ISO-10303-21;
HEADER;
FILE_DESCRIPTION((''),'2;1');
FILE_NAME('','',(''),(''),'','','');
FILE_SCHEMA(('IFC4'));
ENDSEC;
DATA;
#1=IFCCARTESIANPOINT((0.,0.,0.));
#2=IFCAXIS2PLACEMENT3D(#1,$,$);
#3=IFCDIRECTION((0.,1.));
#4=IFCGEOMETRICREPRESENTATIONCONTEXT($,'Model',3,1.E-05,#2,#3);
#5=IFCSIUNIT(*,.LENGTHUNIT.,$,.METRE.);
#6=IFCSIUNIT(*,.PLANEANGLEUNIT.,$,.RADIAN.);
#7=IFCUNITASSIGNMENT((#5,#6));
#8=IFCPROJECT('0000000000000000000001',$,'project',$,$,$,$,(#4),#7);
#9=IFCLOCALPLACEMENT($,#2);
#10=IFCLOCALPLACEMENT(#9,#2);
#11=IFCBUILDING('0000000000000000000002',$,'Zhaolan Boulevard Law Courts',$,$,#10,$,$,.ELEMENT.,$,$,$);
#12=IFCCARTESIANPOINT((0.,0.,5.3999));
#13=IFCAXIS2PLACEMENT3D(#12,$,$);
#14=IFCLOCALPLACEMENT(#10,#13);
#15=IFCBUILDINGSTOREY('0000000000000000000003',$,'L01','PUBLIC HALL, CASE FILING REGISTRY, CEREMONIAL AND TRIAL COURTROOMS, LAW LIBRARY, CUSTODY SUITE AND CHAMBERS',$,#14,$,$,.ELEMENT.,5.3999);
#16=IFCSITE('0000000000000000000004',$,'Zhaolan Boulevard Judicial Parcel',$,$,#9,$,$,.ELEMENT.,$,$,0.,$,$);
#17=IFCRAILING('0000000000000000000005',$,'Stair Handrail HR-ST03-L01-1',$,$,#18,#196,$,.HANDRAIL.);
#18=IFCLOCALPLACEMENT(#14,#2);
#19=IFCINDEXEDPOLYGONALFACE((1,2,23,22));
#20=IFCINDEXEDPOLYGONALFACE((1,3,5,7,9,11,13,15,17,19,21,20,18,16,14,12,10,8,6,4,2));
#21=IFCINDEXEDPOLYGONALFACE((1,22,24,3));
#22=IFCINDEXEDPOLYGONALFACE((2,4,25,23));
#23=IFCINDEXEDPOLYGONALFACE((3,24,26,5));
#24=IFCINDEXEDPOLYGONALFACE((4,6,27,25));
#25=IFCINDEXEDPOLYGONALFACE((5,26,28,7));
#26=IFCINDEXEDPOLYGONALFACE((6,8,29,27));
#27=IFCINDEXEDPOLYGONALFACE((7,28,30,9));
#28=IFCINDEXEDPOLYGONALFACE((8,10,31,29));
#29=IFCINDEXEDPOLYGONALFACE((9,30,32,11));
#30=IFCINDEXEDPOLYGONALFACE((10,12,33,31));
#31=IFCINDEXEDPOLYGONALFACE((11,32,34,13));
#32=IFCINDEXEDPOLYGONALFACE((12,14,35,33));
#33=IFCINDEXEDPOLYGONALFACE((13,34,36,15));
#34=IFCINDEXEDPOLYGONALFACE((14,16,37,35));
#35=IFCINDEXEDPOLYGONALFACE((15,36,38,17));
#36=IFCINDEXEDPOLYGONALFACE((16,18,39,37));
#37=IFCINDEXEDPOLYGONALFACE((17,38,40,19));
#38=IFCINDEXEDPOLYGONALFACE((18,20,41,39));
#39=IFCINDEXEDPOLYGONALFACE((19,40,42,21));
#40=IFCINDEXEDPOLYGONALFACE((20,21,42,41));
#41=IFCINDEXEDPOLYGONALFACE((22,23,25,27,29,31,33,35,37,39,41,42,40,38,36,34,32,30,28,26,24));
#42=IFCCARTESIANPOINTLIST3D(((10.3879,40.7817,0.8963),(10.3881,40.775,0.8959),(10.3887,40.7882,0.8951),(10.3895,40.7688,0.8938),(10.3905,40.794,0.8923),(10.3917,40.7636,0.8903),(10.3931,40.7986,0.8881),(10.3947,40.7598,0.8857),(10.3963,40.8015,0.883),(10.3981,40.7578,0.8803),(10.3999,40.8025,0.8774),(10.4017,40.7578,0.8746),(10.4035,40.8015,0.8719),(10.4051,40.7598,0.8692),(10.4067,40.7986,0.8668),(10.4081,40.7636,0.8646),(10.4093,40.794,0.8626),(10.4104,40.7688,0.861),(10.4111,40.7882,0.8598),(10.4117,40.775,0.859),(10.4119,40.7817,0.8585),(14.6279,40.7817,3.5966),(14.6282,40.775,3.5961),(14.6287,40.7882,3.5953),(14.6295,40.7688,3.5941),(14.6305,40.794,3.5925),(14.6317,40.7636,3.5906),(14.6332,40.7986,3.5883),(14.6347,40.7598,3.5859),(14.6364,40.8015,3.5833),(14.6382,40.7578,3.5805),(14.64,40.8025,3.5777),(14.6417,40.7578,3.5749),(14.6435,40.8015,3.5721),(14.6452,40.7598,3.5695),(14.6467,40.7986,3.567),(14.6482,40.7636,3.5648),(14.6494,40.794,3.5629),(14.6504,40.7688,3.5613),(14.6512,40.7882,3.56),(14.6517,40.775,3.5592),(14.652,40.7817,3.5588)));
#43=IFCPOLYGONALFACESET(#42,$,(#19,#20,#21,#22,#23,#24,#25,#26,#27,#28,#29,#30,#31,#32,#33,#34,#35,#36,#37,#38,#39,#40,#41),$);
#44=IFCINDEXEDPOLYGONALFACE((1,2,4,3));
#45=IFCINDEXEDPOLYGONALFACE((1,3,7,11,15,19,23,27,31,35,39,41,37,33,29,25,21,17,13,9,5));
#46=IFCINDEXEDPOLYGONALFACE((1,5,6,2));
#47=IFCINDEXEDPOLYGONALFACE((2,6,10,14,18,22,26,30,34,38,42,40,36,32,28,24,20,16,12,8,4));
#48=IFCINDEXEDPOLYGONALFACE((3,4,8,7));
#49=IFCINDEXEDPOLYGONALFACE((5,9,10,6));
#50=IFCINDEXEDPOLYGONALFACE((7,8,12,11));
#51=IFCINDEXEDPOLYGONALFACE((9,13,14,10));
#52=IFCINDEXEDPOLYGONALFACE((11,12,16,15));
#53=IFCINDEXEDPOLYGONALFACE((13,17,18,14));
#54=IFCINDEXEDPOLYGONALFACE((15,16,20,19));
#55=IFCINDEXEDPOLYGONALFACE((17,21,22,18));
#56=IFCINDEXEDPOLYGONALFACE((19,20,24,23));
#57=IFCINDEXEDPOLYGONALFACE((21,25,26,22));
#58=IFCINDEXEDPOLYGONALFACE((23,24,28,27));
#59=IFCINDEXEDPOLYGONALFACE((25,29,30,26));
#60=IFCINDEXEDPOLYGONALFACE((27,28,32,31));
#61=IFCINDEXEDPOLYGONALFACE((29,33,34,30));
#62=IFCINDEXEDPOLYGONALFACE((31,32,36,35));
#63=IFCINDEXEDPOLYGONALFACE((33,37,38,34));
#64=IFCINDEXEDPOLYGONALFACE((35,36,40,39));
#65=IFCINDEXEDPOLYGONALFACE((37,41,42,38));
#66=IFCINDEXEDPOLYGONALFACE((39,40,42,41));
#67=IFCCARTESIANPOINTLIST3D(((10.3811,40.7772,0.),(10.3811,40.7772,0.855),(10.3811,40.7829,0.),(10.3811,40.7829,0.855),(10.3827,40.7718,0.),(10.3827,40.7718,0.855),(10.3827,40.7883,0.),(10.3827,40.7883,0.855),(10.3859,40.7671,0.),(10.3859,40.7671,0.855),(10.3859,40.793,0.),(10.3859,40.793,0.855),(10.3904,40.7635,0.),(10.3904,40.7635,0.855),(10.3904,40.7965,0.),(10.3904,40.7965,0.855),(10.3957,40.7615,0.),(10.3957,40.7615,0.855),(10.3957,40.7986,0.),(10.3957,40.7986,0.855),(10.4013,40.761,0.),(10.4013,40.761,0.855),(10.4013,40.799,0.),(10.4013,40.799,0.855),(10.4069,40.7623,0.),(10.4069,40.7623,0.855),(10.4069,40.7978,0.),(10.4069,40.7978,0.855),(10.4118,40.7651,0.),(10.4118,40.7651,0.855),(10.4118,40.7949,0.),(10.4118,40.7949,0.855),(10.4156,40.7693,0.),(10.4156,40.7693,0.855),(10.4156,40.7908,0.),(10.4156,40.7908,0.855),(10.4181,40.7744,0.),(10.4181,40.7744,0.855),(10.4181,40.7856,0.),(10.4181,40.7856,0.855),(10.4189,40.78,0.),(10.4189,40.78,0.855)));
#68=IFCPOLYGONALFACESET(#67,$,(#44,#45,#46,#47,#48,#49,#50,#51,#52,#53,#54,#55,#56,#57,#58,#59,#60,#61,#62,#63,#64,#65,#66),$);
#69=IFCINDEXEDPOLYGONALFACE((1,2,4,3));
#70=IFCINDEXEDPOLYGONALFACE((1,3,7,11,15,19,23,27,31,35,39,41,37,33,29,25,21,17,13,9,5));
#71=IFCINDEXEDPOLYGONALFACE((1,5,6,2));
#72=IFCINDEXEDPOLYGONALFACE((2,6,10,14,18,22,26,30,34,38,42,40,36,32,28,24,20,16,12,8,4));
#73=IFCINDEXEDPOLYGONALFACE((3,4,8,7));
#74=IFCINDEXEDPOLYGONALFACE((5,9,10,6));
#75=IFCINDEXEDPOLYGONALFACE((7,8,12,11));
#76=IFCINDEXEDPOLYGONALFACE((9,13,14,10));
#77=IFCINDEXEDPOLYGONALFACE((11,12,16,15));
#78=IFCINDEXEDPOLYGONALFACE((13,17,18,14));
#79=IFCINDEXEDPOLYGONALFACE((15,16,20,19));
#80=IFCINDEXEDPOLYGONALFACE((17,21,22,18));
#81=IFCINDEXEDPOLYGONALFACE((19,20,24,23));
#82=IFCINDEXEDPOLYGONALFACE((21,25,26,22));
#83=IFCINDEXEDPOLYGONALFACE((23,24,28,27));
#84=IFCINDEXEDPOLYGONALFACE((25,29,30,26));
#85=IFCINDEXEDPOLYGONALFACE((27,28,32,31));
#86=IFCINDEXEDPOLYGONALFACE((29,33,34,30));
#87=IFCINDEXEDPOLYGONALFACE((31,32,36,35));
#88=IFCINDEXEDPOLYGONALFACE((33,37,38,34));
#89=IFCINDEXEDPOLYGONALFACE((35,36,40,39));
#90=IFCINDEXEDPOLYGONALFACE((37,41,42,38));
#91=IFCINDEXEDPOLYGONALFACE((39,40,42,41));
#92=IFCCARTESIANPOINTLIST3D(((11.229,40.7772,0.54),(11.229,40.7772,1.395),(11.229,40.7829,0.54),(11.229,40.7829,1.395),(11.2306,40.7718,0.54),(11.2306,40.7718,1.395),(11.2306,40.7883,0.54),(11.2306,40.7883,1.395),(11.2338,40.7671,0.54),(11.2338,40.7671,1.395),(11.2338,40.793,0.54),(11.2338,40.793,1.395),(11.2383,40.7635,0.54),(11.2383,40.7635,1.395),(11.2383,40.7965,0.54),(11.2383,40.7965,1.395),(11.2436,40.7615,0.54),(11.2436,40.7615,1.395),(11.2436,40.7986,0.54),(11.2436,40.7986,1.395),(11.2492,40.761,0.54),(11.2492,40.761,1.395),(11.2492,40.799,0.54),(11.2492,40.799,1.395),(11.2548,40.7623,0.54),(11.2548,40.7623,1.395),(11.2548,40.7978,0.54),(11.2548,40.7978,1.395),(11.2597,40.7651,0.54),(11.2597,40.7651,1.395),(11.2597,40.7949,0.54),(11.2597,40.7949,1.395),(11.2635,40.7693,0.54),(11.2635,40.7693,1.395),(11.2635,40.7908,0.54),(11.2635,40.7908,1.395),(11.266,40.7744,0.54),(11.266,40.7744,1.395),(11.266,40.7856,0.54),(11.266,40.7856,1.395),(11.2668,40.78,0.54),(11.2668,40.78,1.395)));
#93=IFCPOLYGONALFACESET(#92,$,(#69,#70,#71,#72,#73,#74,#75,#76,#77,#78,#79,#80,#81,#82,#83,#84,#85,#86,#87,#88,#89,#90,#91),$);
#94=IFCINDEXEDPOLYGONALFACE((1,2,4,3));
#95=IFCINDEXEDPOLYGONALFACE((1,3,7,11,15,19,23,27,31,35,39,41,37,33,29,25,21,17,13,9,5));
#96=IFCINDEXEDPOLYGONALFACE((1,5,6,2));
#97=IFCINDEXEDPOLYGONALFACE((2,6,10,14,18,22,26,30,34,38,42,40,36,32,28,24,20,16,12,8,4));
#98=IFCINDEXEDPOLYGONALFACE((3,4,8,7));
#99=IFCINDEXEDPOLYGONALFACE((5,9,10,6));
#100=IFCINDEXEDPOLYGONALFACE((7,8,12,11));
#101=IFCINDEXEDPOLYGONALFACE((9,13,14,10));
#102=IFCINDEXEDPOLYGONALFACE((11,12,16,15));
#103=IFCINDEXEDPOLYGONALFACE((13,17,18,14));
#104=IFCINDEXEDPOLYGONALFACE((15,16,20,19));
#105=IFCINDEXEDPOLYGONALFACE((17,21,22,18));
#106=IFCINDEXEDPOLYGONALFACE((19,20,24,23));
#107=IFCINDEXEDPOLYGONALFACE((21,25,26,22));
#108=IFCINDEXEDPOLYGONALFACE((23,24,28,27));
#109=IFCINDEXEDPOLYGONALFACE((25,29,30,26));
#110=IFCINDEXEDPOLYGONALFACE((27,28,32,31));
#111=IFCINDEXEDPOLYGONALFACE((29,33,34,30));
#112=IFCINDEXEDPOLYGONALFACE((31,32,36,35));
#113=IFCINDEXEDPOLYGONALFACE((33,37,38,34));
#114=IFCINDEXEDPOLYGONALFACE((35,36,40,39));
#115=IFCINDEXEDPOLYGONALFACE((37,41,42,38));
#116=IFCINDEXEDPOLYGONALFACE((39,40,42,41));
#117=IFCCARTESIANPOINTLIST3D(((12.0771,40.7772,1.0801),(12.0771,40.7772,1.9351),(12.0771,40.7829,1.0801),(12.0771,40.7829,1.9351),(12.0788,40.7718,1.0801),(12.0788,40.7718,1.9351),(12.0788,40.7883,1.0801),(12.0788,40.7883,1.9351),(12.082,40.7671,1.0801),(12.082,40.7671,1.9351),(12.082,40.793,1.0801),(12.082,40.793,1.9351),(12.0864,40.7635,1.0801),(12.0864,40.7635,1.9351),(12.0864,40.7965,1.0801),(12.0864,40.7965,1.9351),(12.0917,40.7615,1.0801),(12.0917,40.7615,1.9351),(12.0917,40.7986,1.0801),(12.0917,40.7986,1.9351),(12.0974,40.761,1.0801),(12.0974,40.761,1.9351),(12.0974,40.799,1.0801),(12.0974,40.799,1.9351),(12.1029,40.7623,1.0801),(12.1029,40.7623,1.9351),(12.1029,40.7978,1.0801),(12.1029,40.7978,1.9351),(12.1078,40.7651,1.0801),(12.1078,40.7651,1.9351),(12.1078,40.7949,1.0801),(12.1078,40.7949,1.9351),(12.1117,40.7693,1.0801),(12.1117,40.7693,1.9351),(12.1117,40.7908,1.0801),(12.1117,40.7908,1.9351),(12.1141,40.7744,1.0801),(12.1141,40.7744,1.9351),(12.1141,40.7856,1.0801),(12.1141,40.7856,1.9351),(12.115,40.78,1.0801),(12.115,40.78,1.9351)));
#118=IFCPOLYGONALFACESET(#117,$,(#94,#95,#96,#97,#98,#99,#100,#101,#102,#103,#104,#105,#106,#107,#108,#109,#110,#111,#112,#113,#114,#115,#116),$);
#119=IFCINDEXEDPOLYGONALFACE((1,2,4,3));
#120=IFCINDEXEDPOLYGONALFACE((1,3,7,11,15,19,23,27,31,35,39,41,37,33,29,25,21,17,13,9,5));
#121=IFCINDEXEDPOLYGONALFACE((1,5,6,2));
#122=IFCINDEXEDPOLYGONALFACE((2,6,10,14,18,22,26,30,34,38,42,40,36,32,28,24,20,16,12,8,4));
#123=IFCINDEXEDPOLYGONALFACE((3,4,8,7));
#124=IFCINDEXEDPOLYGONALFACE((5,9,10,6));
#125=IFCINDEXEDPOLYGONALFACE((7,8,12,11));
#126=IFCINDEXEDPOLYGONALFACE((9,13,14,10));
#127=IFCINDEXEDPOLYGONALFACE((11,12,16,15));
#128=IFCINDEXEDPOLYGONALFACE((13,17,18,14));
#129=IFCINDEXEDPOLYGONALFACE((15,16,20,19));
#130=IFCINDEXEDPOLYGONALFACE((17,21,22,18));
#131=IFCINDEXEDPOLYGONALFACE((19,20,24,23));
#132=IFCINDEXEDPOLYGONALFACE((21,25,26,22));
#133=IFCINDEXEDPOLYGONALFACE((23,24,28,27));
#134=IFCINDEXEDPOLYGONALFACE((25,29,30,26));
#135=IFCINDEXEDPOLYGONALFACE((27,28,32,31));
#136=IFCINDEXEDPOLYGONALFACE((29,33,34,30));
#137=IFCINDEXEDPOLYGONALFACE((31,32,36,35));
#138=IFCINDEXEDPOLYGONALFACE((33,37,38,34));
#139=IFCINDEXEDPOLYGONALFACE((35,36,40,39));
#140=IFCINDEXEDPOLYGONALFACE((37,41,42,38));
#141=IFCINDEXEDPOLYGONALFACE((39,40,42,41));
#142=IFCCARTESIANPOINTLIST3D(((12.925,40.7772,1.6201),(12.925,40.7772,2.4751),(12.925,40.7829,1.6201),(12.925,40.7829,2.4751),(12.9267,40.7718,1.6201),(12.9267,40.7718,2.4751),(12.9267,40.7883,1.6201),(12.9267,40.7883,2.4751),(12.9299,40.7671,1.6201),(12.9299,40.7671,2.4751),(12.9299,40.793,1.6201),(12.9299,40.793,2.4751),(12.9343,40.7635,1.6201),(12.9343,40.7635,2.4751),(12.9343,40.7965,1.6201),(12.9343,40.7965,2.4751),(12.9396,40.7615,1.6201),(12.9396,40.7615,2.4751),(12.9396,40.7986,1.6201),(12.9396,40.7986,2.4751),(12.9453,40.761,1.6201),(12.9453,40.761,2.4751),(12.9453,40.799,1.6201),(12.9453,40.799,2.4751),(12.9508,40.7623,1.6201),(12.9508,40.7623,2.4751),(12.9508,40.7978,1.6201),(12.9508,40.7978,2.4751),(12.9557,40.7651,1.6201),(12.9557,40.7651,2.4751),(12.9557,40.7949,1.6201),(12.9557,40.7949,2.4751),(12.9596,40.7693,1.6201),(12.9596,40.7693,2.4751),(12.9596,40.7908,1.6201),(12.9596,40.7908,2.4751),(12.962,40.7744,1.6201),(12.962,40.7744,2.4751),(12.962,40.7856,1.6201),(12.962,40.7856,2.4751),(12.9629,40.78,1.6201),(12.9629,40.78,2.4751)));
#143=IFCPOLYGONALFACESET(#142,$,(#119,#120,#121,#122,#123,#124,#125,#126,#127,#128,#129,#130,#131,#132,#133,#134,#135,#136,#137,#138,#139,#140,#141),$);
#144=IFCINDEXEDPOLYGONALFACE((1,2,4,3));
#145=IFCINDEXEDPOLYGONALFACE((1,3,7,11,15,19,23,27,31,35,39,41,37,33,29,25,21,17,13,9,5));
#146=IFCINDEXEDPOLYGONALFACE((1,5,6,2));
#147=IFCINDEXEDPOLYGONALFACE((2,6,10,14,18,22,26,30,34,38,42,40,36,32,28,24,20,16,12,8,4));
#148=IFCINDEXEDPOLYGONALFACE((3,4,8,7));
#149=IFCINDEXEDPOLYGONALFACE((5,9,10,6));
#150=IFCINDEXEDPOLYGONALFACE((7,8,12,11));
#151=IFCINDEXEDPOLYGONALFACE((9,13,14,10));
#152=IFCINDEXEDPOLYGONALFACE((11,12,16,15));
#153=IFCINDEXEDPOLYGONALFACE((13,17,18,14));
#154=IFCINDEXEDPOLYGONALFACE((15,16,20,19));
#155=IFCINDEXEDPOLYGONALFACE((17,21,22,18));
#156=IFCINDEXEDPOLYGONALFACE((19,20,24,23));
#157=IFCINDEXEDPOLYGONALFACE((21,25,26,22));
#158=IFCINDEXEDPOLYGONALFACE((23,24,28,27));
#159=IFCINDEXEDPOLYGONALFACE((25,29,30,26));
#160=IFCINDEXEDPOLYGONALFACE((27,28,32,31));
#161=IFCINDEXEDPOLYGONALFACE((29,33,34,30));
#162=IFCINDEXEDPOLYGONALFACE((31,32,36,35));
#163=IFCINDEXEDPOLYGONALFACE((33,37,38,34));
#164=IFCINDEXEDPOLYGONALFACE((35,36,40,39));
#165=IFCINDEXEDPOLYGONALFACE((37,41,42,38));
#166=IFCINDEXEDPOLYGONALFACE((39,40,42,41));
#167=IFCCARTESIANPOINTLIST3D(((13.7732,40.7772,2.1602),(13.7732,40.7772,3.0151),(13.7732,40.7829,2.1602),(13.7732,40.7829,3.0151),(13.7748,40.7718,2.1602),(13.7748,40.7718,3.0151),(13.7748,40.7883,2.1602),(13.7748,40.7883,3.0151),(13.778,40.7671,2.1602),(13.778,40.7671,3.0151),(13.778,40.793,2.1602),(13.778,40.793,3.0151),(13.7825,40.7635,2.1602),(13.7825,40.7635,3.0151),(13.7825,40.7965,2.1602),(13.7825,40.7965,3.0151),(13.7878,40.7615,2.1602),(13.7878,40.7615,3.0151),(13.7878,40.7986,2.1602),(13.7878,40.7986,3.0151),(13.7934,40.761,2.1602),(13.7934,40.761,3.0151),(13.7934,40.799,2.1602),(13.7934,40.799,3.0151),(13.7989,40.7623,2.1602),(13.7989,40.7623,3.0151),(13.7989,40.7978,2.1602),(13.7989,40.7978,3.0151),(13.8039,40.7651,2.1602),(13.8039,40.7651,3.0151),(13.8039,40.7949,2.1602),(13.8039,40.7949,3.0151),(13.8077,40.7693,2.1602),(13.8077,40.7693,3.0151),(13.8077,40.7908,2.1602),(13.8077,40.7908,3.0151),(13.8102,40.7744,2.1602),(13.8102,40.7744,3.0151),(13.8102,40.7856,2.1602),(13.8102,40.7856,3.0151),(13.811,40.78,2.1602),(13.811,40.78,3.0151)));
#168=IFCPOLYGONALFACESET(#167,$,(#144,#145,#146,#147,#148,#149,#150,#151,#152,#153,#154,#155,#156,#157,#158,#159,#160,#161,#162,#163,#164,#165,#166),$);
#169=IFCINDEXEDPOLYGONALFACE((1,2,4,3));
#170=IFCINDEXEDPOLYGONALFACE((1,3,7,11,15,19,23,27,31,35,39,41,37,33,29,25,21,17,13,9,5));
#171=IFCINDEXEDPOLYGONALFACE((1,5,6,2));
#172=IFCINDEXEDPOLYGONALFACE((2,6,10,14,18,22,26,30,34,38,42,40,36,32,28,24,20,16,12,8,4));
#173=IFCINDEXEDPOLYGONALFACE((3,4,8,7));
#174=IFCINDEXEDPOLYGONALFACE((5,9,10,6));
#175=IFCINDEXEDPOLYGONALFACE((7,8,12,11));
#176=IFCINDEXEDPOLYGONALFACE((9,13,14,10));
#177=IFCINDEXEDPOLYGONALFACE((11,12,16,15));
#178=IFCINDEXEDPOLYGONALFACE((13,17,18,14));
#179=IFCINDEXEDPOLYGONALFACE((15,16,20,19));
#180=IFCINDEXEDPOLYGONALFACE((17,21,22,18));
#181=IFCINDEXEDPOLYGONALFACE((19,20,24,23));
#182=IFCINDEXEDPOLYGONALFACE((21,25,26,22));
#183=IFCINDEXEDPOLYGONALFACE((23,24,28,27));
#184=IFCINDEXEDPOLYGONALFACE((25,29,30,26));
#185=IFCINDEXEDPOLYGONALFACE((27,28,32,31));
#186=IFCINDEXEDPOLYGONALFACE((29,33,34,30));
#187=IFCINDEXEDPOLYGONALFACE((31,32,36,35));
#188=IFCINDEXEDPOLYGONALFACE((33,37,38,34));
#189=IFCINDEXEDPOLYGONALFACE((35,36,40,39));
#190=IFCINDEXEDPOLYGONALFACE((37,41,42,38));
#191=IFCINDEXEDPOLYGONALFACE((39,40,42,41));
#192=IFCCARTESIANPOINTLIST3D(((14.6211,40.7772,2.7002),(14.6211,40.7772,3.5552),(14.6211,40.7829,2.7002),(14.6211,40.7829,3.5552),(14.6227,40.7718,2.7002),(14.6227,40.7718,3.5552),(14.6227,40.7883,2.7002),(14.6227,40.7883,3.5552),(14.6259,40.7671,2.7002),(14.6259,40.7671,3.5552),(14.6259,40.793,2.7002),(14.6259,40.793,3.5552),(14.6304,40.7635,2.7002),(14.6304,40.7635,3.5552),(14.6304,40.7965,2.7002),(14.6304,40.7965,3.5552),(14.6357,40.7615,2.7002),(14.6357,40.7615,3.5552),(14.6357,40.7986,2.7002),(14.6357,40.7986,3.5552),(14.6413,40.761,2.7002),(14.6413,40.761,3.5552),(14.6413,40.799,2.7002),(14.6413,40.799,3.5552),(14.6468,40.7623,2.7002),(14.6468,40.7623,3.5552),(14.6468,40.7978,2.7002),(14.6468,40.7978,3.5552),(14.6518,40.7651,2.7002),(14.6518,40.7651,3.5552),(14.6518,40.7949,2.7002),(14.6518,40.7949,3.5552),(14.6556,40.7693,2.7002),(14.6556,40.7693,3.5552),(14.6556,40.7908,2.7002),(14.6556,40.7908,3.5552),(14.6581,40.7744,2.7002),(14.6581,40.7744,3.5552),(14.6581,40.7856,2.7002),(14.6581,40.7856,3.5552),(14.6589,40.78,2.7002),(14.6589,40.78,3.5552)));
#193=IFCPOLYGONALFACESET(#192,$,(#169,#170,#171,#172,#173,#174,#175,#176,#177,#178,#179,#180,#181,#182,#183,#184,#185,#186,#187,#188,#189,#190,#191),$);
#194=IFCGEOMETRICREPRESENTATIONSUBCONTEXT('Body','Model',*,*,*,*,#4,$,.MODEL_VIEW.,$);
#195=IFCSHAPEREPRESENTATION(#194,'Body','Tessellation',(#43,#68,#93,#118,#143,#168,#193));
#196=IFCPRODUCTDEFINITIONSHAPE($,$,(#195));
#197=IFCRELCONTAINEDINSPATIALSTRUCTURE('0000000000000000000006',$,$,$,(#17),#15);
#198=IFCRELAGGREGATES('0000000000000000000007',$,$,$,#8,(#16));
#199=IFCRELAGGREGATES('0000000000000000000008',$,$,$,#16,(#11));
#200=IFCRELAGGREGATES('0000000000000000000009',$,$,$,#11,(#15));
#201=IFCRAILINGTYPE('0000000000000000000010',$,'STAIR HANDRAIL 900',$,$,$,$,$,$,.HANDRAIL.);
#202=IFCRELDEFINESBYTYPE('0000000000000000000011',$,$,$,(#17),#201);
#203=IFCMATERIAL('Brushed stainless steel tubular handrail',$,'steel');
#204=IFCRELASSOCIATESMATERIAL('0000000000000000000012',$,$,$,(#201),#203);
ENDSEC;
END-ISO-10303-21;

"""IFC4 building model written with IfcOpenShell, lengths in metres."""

from ifc_helpers import new_model, si_unit, direction, frame, origin, origin_2d, place, context, subcontext, project, spatial, circle, extrude, material, type_object, element, save


model = new_model("IFC4")

# Units and contexts
model_context = context("Model", 3, precision=1e-05, world=origin(), true_north=direction((0.0, 1.0)))
body_context = subcontext(model_context, "Body", "Model", "MODEL_VIEW")
ifc_project = project(units=[si_unit("LENGTHUNIT", "METRE"), si_unit("PLANEANGLEUNIT", "RADIAN")], contexts=[model_context])

# Site, building, storey
site_placement = place(None, origin())
site = spatial("IfcSite", under=ifc_project, at=site_placement, Name="Zhaolan Boulevard Judicial Parcel", CompositionType="ELEMENT", RefElevation=0.0)
building_placement = place(site_placement, origin())
building = spatial("IfcBuilding", under=site, at=building_placement, Name="Zhaolan Boulevard Law Courts", CompositionType="ELEMENT")
storey_placement = place(building_placement, frame((0.0, 0.0, 5.3999)))
storey = spatial("IfcBuildingStorey", under=building, at=storey_placement, Name="L01", Description="PUBLIC HALL, CASE FILING REGISTRY, CEREMONIAL AND TRIAL COURTROOMS, LAW LIBRARY, CUSTODY SUITE AND CHAMBERS", CompositionType="ELEMENT", Elevation=5.3999)

# Railing
ifc_material_1 = material(Name="Brushed stainless steel tubular handrail", Category="steel")
railing_type_1 = type_object("IfcRailingType", Name="STAIR HANDRAIL 900", PredefinedType="HANDRAIL", material=ifc_material_1)
railing_1_placement = place(storey_placement, frame((10.3999, 40.78, 0.0)))
element("IfcRailing", 1, at=railing_1_placement, inside=storey, type_object=railing_type_1, Name="Stair Handrail HR-ST03-L01-1", PredefinedType="HANDRAIL", context=body_context, shape_type="SweptSolid", body=[
    extrude(circle(Radius=0.0225, at=origin_2d()), frame((0.0, 0.0, 0.8774), z_axis=(0.843479, 0.0, 0.537161), x_axis=(0.0, 1.0, 0.0)), (0.0, 0.0, 1.0), 5.0269),
    extrude(circle(Radius=0.019, at=origin_2d()), origin(), (0.0, 0.0, 1.0), 0.855),
    extrude(circle(Radius=0.019, at=origin_2d()), frame((0.8479, 0.0, 0.54)), (0.0, 0.0, 1.0), 0.855),
    extrude(circle(Radius=0.019, at=origin_2d()), frame((1.696, 0.0, 1.0801)), (0.0, 0.0, 1.0), 0.855),
    extrude(circle(Radius=0.019, at=origin_2d()), frame((2.5439, 0.0, 1.6201)), (0.0, 0.0, 1.0), 0.855),
    extrude(circle(Radius=0.019, at=origin_2d()), frame((3.3921, 0.0, 2.1602)), (0.0, 0.0, 1.0), 0.855),
    extrude(circle(Radius=0.019, at=origin_2d()), frame((4.24, 0.0, 2.7002)), (0.0, 0.0, 1.0), 0.855),
])

save(model, "model.ifc")
